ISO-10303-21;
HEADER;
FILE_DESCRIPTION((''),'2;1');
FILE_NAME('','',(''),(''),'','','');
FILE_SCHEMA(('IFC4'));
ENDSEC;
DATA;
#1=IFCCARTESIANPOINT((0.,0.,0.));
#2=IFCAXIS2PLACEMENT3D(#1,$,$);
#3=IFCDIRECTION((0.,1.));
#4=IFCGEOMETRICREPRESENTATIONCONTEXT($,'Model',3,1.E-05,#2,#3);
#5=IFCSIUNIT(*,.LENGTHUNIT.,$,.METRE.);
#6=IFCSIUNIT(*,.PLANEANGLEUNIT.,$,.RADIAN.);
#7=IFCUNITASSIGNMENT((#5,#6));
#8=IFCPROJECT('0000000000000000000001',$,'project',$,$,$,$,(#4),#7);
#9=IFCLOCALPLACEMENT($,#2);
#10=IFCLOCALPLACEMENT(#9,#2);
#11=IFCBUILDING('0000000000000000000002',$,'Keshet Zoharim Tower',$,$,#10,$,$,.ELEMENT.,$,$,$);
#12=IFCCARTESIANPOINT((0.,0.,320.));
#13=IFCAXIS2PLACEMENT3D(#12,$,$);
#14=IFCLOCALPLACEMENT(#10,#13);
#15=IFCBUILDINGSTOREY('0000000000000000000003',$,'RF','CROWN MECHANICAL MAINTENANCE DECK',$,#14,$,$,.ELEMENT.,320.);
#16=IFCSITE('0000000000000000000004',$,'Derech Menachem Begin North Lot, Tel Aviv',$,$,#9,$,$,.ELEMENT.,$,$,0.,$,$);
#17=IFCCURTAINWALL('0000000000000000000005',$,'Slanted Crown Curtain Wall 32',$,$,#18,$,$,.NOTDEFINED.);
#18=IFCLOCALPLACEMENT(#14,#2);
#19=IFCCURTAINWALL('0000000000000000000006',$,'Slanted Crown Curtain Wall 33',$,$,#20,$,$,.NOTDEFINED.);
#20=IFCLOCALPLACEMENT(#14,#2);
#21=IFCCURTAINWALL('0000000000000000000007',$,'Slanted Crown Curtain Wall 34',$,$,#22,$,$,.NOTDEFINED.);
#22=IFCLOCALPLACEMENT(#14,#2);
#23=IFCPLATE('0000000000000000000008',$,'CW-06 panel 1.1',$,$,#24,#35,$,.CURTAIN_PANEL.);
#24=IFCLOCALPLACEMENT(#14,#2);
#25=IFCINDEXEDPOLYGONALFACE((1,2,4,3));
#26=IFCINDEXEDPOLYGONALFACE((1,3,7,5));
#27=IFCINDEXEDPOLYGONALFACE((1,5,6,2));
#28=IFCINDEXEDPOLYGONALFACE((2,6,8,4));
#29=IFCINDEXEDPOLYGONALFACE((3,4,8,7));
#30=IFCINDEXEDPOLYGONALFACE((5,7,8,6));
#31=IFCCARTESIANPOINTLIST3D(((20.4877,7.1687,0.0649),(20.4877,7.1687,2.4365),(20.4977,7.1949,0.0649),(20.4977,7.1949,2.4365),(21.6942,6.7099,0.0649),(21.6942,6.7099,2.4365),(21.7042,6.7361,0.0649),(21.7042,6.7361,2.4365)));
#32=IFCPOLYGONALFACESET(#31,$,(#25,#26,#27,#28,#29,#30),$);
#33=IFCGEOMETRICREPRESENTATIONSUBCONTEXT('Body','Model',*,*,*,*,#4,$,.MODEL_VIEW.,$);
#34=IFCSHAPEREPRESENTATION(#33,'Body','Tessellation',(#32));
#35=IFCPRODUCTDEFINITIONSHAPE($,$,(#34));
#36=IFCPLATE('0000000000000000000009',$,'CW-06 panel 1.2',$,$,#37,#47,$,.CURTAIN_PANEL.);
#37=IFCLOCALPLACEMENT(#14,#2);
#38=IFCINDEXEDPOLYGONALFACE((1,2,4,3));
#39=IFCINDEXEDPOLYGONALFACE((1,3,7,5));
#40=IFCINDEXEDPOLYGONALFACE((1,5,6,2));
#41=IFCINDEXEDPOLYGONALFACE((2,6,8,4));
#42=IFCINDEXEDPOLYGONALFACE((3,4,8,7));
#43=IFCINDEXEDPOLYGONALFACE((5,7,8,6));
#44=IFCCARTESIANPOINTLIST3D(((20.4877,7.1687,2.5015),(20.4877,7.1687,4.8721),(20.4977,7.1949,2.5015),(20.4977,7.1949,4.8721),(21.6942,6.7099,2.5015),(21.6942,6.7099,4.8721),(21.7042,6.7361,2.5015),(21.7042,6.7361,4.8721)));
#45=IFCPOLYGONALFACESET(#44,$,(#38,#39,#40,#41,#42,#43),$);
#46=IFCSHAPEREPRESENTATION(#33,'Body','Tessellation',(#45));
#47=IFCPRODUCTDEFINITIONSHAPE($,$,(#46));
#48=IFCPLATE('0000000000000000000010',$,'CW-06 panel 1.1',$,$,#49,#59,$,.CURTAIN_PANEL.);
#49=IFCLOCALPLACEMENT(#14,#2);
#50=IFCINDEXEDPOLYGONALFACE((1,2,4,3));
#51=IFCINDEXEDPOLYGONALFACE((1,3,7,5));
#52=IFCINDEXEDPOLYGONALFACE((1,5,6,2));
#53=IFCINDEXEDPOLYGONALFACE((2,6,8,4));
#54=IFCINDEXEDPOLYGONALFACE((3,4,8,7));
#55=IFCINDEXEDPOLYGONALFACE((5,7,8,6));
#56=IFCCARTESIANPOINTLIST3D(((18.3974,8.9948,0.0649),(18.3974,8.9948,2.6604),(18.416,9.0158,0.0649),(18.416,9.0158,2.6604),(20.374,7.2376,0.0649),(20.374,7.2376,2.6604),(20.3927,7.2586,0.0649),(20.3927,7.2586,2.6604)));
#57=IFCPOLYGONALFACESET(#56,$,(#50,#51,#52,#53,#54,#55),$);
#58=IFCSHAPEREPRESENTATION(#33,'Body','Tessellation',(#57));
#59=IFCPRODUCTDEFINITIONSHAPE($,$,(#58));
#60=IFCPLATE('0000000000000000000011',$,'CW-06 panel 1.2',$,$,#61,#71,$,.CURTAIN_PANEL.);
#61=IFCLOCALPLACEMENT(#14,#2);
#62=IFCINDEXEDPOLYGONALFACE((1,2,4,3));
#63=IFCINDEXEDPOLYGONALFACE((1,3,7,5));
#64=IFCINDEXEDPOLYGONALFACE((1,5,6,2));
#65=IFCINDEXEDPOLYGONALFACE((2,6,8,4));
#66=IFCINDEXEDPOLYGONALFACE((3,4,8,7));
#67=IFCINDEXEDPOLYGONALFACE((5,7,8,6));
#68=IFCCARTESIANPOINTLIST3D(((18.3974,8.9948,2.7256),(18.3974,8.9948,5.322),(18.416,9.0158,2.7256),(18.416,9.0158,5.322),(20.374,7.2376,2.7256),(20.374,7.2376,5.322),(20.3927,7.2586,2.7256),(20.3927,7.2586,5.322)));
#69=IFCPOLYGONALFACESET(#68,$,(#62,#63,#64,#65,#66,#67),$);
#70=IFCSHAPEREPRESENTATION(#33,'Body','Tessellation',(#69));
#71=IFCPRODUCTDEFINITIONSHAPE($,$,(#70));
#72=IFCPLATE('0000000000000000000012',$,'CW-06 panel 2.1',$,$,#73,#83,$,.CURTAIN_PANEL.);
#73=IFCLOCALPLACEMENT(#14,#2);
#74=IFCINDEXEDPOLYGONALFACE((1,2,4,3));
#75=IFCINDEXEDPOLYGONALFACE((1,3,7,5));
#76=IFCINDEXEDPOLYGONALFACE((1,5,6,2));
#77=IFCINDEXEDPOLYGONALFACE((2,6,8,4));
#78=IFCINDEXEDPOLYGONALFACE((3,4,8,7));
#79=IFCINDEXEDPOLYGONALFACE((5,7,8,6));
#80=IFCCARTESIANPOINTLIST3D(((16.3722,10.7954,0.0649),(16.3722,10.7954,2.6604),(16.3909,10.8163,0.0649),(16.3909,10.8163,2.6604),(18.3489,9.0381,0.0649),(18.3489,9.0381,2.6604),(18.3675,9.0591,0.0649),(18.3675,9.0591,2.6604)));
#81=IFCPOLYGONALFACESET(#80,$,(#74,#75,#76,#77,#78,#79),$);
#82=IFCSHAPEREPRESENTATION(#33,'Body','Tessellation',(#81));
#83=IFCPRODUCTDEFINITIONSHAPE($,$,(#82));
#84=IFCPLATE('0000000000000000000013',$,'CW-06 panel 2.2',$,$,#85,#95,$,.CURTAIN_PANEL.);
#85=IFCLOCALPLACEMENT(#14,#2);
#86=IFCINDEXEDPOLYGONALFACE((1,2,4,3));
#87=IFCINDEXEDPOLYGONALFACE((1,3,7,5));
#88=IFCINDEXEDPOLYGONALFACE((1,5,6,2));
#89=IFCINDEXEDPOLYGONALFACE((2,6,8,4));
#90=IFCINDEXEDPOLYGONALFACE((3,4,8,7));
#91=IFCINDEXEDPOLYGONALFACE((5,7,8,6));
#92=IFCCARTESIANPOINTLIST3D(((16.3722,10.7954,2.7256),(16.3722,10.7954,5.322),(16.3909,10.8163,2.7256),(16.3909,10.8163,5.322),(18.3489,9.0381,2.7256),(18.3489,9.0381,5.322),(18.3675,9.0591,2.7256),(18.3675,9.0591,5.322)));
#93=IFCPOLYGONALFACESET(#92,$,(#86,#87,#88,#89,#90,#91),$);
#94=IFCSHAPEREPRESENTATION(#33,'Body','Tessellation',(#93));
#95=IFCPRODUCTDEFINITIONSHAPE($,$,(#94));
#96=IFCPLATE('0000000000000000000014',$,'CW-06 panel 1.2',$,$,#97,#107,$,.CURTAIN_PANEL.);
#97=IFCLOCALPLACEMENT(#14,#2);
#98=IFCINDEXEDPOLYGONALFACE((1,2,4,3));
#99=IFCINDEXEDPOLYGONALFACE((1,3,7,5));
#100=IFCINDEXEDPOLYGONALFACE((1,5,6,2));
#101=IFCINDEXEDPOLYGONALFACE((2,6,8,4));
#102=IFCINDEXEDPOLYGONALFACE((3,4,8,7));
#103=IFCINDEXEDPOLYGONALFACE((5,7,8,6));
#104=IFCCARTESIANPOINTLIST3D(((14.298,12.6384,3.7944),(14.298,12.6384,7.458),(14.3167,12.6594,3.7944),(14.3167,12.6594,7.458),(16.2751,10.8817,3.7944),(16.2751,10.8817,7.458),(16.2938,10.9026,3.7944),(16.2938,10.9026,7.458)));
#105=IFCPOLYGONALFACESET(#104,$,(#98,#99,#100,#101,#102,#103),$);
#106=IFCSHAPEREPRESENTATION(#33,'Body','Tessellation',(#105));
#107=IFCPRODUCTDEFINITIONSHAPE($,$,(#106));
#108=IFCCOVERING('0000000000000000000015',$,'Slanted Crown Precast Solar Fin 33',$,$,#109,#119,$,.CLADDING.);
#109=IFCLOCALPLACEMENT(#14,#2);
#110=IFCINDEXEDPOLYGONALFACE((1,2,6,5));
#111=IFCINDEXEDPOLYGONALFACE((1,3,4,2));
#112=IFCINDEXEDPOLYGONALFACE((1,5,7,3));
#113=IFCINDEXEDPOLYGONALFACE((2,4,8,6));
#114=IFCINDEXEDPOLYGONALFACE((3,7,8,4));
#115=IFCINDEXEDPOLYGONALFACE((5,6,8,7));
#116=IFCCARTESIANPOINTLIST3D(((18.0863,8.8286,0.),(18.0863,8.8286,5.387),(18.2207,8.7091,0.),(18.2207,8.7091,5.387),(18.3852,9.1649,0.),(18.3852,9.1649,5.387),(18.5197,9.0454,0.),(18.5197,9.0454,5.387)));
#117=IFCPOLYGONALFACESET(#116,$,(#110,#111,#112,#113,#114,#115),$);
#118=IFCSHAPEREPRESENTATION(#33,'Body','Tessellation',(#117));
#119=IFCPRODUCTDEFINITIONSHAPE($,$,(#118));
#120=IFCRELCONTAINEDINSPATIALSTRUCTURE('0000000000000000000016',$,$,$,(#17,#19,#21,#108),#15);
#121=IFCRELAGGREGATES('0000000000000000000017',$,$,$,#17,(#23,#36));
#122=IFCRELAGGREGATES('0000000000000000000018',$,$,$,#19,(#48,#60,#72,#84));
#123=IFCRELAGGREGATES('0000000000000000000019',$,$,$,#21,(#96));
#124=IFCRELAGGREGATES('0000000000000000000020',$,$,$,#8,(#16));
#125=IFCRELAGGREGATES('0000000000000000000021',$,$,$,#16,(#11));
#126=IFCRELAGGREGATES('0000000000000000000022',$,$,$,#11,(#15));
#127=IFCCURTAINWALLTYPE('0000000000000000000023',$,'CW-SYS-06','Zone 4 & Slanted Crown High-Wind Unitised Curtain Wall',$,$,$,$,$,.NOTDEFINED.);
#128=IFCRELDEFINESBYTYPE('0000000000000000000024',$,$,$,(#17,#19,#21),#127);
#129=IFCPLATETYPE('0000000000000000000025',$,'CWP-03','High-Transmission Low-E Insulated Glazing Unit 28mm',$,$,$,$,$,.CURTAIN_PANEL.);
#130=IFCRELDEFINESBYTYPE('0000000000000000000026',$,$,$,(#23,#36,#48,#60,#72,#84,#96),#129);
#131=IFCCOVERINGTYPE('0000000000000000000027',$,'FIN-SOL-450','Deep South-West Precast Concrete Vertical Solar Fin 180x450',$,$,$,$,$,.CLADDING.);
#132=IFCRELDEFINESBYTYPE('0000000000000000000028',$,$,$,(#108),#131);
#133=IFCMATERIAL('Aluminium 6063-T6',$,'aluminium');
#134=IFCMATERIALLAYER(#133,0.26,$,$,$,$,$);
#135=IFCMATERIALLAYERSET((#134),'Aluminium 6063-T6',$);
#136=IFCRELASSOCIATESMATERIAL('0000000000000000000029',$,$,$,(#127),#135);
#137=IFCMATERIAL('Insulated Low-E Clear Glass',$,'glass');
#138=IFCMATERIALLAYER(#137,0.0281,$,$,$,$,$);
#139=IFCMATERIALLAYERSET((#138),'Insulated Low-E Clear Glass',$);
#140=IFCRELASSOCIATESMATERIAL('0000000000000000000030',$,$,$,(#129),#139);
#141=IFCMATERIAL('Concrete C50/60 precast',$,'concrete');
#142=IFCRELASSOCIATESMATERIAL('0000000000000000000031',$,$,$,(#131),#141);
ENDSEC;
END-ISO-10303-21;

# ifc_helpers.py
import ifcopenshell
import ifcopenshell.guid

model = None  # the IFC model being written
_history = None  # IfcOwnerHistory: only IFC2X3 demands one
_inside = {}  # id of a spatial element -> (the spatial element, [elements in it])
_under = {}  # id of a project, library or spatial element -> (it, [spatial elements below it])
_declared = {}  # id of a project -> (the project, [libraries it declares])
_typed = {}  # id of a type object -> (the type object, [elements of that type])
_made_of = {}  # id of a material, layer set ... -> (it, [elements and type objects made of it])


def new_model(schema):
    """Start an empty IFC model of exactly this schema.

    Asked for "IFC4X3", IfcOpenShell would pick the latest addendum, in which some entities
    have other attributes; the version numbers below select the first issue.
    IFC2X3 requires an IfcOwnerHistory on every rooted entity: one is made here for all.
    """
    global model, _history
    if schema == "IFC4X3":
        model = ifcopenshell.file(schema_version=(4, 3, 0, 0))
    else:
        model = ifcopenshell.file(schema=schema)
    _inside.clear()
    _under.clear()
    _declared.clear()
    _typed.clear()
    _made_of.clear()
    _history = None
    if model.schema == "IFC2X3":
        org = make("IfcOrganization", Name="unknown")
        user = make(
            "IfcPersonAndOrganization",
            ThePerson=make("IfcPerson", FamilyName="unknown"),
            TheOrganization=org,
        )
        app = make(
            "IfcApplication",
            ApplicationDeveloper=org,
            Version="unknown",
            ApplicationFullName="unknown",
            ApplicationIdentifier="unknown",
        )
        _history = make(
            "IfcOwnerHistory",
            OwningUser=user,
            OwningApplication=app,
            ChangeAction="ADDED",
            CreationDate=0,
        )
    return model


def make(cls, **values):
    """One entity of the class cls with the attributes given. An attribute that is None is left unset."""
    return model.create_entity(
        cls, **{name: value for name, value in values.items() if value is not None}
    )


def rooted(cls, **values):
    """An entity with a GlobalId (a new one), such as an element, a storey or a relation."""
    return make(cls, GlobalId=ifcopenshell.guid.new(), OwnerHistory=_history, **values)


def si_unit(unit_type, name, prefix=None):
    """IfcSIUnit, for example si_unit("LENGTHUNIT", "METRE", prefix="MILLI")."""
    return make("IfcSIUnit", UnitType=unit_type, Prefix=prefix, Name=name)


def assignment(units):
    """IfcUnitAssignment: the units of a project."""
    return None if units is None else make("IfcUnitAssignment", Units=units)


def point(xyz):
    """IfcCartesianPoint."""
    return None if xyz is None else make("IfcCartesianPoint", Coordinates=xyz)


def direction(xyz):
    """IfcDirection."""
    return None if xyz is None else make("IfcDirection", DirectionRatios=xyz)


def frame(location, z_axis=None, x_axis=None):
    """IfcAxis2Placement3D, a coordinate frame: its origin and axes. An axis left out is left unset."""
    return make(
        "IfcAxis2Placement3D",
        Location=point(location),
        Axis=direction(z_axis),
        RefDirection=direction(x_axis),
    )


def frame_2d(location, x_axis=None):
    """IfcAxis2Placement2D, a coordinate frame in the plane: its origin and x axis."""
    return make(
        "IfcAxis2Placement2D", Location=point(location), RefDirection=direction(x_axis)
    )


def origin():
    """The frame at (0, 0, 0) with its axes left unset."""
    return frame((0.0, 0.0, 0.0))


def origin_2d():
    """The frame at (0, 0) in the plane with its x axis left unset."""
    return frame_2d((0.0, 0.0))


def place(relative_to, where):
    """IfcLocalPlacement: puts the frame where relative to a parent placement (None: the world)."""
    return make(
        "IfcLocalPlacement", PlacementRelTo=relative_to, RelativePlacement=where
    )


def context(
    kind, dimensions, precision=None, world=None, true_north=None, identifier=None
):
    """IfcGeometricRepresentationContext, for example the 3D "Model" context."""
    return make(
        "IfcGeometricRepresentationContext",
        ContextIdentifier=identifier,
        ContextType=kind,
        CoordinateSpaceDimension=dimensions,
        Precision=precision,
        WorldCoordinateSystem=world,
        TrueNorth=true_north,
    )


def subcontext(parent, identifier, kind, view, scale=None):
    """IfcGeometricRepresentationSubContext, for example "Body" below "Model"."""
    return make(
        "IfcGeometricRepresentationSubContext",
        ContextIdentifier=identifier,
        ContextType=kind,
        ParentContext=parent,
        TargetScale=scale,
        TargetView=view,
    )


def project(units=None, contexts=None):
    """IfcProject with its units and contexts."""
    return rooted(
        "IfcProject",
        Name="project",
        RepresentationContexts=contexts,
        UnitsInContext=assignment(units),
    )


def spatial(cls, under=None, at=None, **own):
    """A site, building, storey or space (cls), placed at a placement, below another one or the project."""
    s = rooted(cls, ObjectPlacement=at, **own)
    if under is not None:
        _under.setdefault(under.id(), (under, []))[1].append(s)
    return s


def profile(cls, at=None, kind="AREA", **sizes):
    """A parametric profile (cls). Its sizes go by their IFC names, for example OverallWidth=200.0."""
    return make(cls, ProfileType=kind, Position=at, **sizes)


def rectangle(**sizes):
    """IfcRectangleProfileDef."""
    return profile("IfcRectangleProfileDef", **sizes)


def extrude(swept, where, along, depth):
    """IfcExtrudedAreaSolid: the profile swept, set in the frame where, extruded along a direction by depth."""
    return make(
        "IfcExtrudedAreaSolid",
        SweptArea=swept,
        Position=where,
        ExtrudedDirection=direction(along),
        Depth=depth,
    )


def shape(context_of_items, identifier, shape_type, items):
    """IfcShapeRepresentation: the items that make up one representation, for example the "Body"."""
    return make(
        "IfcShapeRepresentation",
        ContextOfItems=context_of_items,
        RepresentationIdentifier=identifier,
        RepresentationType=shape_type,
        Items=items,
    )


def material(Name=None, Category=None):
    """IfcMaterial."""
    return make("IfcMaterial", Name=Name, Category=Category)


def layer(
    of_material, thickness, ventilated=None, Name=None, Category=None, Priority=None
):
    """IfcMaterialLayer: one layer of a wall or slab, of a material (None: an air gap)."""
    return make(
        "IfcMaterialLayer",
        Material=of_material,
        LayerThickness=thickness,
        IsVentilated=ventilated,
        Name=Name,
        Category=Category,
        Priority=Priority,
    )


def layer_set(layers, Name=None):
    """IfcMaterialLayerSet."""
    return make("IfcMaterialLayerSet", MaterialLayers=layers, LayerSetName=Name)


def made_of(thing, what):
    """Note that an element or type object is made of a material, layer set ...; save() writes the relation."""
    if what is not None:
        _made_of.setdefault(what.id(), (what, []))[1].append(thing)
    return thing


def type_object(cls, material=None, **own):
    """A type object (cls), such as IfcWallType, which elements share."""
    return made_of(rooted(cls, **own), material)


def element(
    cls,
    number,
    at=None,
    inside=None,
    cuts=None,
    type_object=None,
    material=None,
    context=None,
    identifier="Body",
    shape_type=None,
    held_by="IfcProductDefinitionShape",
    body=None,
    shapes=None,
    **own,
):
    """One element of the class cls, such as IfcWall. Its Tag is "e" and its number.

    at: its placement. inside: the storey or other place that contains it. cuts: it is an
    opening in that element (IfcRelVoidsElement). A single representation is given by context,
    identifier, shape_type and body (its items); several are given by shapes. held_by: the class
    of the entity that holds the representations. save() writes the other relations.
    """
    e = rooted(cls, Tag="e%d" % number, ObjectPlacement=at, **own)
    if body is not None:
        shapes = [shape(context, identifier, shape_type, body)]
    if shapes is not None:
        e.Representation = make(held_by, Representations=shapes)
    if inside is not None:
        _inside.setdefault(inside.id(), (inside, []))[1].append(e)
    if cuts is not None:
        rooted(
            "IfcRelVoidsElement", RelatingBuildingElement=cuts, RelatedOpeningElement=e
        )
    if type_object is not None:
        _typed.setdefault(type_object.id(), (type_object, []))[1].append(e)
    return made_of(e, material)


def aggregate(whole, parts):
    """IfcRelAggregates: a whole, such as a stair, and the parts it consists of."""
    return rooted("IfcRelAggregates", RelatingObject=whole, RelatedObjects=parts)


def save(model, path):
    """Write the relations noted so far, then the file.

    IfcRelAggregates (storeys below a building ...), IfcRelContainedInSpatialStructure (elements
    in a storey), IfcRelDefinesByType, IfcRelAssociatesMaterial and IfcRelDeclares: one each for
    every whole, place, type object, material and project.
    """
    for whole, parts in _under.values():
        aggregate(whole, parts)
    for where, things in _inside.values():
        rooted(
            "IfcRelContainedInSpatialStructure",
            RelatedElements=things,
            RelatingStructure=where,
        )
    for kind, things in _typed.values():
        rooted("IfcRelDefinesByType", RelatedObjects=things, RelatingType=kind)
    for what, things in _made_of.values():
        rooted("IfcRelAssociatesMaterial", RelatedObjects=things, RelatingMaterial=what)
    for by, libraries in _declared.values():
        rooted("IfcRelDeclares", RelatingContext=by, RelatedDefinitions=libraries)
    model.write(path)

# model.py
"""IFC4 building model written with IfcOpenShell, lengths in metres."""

from ifc_helpers import new_model, si_unit, direction, frame, origin, origin_2d, place, context, subcontext, project, spatial, rectangle, extrude, material, layer, layer_set, type_object, element, aggregate, save


model = new_model("IFC4")

# Units and contexts
model_context = context("Model", 3, precision=1e-05, world=origin(), true_north=direction((0.0, 1.0)))
body_context = subcontext(model_context, "Body", "Model", "MODEL_VIEW")
ifc_project = project(units=[si_unit("LENGTHUNIT", "METRE"), si_unit("PLANEANGLEUNIT", "RADIAN")], contexts=[model_context])

# Site, building, storey
site_placement = place(None, origin())
site = spatial("IfcSite", under=ifc_project, at=site_placement, Name="Derech Menachem Begin North Lot, Tel Aviv", CompositionType="ELEMENT", RefElevation=0.0)
building_placement = place(site_placement, origin())
building = spatial("IfcBuilding", under=site, at=building_placement, Name="Keshet Zoharim Tower", CompositionType="ELEMENT")
storey_placement = place(building_placement, frame((0.0, 0.0, 320.0)))
storey = spatial("IfcBuildingStorey", under=building, at=storey_placement, Name="RF", Description="CROWN MECHANICAL MAINTENANCE DECK", CompositionType="ELEMENT", Elevation=320.0)

# Shared definitions
ifc_material_1 = material(Name="Aluminium 6063-T6", Category="aluminium")
ifc_layer_1 = layer(ifc_material_1, 0.26)
ifc_layer_set_1 = layer_set([ifc_layer_1], Name="Aluminium 6063-T6")
curtain_wall_type = type_object("IfcCurtainWallType", Name="CW-SYS-06", Description="Zone 4 & Slanted Crown High-Wind Unitised Curtain Wall", PredefinedType="NOTDEFINED", material=ifc_layer_set_1)

# Curtain walls
curtain_wall_1_placement = place(storey_placement, origin())
curtain_wall_1 = element("IfcCurtainWall", 1, at=curtain_wall_1_placement, inside=storey, type_object=curtain_wall_type, Name="Slanted Crown Curtain Wall 32", PredefinedType="NOTDEFINED")
curtain_wall_2_placement = place(storey_placement, origin())
curtain_wall_2 = element("IfcCurtainWall", 2, at=curtain_wall_2_placement, inside=storey, type_object=curtain_wall_type, Name="Slanted Crown Curtain Wall 33", PredefinedType="NOTDEFINED")

# Curtain wall
curtain_wall_3_placement = place(storey_placement, origin())
curtain_wall_3 = element("IfcCurtainWall", 3, at=curtain_wall_3_placement, inside=storey, type_object=curtain_wall_type, Name="Slanted Crown Curtain Wall 34", PredefinedType="NOTDEFINED")

# Plates
ifc_material_2 = material(Name="Insulated Low-E Clear Glass", Category="glass")
ifc_layer_2 = layer(ifc_material_2, 0.0281)
ifc_layer_set_2 = layer_set([ifc_layer_2], Name="Insulated Low-E Clear Glass")
plate_type = type_object("IfcPlateType", Name="CWP-03", Description="High-Transmission Low-E Insulated Glazing Unit 28mm", PredefinedType="CURTAIN_PANEL", material=ifc_layer_set_2)
plate_1_placement = place(storey_placement, frame((21.0959, 6.9524, 0.0649), z_axis=(0.0, 0.0, 1.0), x_axis=(-0.934699, 0.355439, 0.0)))
plate_1 = element("IfcPlate", 4, at=plate_1_placement, type_object=plate_type, Name="CW-06 panel 1.1", PredefinedType="CURTAIN_PANEL", context=body_context, shape_type="SweptSolid", body=[
    extrude(rectangle(XDim=1.2908, YDim=0.0281, at=origin_2d()), origin(), (0.0, 0.0, 1.0), 2.3716),
])
plate_2_placement = place(storey_placement, frame((21.0959, 6.9524, 2.5015), z_axis=(0.0, 0.0, 1.0), x_axis=(-0.934699, 0.355439, 0.0)))
plate_2 = element("IfcPlate", 5, at=plate_2_placement, type_object=plate_type, Name="CW-06 panel 1.2", PredefinedType="CURTAIN_PANEL", context=body_context, shape_type="SweptSolid", body=[
    extrude(rectangle(XDim=1.2908, YDim=0.0281, at=origin_2d()), origin(), (0.0, 0.0, 1.0), 2.3706),
])
aggregate(curtain_wall_1, [plate_1, plate_2])
plate_3_placement = place(storey_placement, frame((19.395, 8.1267, 0.0649), z_axis=(0.0, 0.0, 1.0), x_axis=(-0.747369, 0.664409, 0.0)))
plate_3 = element("IfcPlate", 6, at=plate_3_placement, type_object=plate_type, Name="CW-06 panel 1.1", PredefinedType="CURTAIN_PANEL", context=body_context, shape_type="SweptSolid", body=[
    extrude(rectangle(XDim=2.6448, YDim=0.0281, at=origin_2d()), origin(), (0.0, 0.0, 1.0), 2.5955),
])
plate_4_placement = place(storey_placement, frame((19.395, 8.1267, 2.7256), z_axis=(0.0, 0.0, 1.0), x_axis=(-0.747369, 0.664409, 0.0)))
plate_4 = element("IfcPlate", 7, at=plate_4_placement, type_object=plate_type, Name="CW-06 panel 1.2", PredefinedType="CURTAIN_PANEL", context=body_context, shape_type="SweptSolid", body=[
    extrude(rectangle(XDim=2.6448, YDim=0.0281, at=origin_2d()), origin(), (0.0, 0.0, 1.0), 2.5964),
])
plate_5_placement = place(storey_placement, frame((17.3699, 9.9272, 0.0649), z_axis=(0.0, 0.0, 1.0), x_axis=(-0.747369, 0.664409, 0.0)))
plate_5 = element("IfcPlate", 8, at=plate_5_placement, type_object=plate_type, Name="CW-06 panel 2.1", PredefinedType="CURTAIN_PANEL", context=body_context, shape_type="SweptSolid", body=[
    extrude(rectangle(XDim=2.6448, YDim=0.0281, at=origin_2d()), origin(), (0.0, 0.0, 1.0), 2.5955),
])
plate_6_placement = place(storey_placement, frame((17.3699, 9.9272, 2.7256), z_axis=(0.0, 0.0, 1.0), x_axis=(-0.747369, 0.664409, 0.0)))
plate_6 = element("IfcPlate", 9, at=plate_6_placement, type_object=plate_type, Name="CW-06 panel 2.2", PredefinedType="CURTAIN_PANEL", context=body_context, shape_type="SweptSolid", body=[
    extrude(rectangle(XDim=2.6448, YDim=0.0281, at=origin_2d()), origin(), (0.0, 0.0, 1.0), 2.5964),
])
aggregate(curtain_wall_2, [plate_3, plate_4, plate_5, plate_6])
plate_7_placement = place(storey_placement, frame((15.2959, 11.7705, 3.7944), z_axis=(0.0, 0.0, 1.0), x_axis=(-0.74754, 0.664217, 0.0)))
plate_7 = element("IfcPlate", 10, at=plate_7_placement, type_object=plate_type, Name="CW-06 panel 1.2", PredefinedType="CURTAIN_PANEL", context=body_context, shape_type="SweptSolid", body=[
    extrude(rectangle(XDim=2.6448, YDim=0.0281, at=origin_2d()), origin(), (0.0, 0.0, 1.0), 3.6636),
])
aggregate(curtain_wall_3, [plate_7])

# Covering
ifc_material_3 = material(Name="Concrete C50/60 precast", Category="concrete")
covering_type = type_object("IfcCoveringType", Name="FIN-SOL-450", Description="Deep South-West Precast Concrete Vertical Solar Fin 180x450", PredefinedType="CLADDING", material=ifc_material_3)
covering_placement = place(storey_placement, frame((18.303, 8.937, 0.0), z_axis=(0.0, 0.0, 1.0), x_axis=(-0.747369, 0.664409, 0.0)))
element("IfcCovering", 11, at=covering_placement, inside=storey, type_object=covering_type, Name="Slanted Crown Precast Solar Fin 33", PredefinedType="CLADDING", context=body_context, shape_type="SweptSolid", body=[
    extrude(rectangle(XDim=0.1799, YDim=0.45, at=origin_2d()), origin(), (0.0, 0.0, 1.0), 5.387),
])

save(model, "model.ifc")
